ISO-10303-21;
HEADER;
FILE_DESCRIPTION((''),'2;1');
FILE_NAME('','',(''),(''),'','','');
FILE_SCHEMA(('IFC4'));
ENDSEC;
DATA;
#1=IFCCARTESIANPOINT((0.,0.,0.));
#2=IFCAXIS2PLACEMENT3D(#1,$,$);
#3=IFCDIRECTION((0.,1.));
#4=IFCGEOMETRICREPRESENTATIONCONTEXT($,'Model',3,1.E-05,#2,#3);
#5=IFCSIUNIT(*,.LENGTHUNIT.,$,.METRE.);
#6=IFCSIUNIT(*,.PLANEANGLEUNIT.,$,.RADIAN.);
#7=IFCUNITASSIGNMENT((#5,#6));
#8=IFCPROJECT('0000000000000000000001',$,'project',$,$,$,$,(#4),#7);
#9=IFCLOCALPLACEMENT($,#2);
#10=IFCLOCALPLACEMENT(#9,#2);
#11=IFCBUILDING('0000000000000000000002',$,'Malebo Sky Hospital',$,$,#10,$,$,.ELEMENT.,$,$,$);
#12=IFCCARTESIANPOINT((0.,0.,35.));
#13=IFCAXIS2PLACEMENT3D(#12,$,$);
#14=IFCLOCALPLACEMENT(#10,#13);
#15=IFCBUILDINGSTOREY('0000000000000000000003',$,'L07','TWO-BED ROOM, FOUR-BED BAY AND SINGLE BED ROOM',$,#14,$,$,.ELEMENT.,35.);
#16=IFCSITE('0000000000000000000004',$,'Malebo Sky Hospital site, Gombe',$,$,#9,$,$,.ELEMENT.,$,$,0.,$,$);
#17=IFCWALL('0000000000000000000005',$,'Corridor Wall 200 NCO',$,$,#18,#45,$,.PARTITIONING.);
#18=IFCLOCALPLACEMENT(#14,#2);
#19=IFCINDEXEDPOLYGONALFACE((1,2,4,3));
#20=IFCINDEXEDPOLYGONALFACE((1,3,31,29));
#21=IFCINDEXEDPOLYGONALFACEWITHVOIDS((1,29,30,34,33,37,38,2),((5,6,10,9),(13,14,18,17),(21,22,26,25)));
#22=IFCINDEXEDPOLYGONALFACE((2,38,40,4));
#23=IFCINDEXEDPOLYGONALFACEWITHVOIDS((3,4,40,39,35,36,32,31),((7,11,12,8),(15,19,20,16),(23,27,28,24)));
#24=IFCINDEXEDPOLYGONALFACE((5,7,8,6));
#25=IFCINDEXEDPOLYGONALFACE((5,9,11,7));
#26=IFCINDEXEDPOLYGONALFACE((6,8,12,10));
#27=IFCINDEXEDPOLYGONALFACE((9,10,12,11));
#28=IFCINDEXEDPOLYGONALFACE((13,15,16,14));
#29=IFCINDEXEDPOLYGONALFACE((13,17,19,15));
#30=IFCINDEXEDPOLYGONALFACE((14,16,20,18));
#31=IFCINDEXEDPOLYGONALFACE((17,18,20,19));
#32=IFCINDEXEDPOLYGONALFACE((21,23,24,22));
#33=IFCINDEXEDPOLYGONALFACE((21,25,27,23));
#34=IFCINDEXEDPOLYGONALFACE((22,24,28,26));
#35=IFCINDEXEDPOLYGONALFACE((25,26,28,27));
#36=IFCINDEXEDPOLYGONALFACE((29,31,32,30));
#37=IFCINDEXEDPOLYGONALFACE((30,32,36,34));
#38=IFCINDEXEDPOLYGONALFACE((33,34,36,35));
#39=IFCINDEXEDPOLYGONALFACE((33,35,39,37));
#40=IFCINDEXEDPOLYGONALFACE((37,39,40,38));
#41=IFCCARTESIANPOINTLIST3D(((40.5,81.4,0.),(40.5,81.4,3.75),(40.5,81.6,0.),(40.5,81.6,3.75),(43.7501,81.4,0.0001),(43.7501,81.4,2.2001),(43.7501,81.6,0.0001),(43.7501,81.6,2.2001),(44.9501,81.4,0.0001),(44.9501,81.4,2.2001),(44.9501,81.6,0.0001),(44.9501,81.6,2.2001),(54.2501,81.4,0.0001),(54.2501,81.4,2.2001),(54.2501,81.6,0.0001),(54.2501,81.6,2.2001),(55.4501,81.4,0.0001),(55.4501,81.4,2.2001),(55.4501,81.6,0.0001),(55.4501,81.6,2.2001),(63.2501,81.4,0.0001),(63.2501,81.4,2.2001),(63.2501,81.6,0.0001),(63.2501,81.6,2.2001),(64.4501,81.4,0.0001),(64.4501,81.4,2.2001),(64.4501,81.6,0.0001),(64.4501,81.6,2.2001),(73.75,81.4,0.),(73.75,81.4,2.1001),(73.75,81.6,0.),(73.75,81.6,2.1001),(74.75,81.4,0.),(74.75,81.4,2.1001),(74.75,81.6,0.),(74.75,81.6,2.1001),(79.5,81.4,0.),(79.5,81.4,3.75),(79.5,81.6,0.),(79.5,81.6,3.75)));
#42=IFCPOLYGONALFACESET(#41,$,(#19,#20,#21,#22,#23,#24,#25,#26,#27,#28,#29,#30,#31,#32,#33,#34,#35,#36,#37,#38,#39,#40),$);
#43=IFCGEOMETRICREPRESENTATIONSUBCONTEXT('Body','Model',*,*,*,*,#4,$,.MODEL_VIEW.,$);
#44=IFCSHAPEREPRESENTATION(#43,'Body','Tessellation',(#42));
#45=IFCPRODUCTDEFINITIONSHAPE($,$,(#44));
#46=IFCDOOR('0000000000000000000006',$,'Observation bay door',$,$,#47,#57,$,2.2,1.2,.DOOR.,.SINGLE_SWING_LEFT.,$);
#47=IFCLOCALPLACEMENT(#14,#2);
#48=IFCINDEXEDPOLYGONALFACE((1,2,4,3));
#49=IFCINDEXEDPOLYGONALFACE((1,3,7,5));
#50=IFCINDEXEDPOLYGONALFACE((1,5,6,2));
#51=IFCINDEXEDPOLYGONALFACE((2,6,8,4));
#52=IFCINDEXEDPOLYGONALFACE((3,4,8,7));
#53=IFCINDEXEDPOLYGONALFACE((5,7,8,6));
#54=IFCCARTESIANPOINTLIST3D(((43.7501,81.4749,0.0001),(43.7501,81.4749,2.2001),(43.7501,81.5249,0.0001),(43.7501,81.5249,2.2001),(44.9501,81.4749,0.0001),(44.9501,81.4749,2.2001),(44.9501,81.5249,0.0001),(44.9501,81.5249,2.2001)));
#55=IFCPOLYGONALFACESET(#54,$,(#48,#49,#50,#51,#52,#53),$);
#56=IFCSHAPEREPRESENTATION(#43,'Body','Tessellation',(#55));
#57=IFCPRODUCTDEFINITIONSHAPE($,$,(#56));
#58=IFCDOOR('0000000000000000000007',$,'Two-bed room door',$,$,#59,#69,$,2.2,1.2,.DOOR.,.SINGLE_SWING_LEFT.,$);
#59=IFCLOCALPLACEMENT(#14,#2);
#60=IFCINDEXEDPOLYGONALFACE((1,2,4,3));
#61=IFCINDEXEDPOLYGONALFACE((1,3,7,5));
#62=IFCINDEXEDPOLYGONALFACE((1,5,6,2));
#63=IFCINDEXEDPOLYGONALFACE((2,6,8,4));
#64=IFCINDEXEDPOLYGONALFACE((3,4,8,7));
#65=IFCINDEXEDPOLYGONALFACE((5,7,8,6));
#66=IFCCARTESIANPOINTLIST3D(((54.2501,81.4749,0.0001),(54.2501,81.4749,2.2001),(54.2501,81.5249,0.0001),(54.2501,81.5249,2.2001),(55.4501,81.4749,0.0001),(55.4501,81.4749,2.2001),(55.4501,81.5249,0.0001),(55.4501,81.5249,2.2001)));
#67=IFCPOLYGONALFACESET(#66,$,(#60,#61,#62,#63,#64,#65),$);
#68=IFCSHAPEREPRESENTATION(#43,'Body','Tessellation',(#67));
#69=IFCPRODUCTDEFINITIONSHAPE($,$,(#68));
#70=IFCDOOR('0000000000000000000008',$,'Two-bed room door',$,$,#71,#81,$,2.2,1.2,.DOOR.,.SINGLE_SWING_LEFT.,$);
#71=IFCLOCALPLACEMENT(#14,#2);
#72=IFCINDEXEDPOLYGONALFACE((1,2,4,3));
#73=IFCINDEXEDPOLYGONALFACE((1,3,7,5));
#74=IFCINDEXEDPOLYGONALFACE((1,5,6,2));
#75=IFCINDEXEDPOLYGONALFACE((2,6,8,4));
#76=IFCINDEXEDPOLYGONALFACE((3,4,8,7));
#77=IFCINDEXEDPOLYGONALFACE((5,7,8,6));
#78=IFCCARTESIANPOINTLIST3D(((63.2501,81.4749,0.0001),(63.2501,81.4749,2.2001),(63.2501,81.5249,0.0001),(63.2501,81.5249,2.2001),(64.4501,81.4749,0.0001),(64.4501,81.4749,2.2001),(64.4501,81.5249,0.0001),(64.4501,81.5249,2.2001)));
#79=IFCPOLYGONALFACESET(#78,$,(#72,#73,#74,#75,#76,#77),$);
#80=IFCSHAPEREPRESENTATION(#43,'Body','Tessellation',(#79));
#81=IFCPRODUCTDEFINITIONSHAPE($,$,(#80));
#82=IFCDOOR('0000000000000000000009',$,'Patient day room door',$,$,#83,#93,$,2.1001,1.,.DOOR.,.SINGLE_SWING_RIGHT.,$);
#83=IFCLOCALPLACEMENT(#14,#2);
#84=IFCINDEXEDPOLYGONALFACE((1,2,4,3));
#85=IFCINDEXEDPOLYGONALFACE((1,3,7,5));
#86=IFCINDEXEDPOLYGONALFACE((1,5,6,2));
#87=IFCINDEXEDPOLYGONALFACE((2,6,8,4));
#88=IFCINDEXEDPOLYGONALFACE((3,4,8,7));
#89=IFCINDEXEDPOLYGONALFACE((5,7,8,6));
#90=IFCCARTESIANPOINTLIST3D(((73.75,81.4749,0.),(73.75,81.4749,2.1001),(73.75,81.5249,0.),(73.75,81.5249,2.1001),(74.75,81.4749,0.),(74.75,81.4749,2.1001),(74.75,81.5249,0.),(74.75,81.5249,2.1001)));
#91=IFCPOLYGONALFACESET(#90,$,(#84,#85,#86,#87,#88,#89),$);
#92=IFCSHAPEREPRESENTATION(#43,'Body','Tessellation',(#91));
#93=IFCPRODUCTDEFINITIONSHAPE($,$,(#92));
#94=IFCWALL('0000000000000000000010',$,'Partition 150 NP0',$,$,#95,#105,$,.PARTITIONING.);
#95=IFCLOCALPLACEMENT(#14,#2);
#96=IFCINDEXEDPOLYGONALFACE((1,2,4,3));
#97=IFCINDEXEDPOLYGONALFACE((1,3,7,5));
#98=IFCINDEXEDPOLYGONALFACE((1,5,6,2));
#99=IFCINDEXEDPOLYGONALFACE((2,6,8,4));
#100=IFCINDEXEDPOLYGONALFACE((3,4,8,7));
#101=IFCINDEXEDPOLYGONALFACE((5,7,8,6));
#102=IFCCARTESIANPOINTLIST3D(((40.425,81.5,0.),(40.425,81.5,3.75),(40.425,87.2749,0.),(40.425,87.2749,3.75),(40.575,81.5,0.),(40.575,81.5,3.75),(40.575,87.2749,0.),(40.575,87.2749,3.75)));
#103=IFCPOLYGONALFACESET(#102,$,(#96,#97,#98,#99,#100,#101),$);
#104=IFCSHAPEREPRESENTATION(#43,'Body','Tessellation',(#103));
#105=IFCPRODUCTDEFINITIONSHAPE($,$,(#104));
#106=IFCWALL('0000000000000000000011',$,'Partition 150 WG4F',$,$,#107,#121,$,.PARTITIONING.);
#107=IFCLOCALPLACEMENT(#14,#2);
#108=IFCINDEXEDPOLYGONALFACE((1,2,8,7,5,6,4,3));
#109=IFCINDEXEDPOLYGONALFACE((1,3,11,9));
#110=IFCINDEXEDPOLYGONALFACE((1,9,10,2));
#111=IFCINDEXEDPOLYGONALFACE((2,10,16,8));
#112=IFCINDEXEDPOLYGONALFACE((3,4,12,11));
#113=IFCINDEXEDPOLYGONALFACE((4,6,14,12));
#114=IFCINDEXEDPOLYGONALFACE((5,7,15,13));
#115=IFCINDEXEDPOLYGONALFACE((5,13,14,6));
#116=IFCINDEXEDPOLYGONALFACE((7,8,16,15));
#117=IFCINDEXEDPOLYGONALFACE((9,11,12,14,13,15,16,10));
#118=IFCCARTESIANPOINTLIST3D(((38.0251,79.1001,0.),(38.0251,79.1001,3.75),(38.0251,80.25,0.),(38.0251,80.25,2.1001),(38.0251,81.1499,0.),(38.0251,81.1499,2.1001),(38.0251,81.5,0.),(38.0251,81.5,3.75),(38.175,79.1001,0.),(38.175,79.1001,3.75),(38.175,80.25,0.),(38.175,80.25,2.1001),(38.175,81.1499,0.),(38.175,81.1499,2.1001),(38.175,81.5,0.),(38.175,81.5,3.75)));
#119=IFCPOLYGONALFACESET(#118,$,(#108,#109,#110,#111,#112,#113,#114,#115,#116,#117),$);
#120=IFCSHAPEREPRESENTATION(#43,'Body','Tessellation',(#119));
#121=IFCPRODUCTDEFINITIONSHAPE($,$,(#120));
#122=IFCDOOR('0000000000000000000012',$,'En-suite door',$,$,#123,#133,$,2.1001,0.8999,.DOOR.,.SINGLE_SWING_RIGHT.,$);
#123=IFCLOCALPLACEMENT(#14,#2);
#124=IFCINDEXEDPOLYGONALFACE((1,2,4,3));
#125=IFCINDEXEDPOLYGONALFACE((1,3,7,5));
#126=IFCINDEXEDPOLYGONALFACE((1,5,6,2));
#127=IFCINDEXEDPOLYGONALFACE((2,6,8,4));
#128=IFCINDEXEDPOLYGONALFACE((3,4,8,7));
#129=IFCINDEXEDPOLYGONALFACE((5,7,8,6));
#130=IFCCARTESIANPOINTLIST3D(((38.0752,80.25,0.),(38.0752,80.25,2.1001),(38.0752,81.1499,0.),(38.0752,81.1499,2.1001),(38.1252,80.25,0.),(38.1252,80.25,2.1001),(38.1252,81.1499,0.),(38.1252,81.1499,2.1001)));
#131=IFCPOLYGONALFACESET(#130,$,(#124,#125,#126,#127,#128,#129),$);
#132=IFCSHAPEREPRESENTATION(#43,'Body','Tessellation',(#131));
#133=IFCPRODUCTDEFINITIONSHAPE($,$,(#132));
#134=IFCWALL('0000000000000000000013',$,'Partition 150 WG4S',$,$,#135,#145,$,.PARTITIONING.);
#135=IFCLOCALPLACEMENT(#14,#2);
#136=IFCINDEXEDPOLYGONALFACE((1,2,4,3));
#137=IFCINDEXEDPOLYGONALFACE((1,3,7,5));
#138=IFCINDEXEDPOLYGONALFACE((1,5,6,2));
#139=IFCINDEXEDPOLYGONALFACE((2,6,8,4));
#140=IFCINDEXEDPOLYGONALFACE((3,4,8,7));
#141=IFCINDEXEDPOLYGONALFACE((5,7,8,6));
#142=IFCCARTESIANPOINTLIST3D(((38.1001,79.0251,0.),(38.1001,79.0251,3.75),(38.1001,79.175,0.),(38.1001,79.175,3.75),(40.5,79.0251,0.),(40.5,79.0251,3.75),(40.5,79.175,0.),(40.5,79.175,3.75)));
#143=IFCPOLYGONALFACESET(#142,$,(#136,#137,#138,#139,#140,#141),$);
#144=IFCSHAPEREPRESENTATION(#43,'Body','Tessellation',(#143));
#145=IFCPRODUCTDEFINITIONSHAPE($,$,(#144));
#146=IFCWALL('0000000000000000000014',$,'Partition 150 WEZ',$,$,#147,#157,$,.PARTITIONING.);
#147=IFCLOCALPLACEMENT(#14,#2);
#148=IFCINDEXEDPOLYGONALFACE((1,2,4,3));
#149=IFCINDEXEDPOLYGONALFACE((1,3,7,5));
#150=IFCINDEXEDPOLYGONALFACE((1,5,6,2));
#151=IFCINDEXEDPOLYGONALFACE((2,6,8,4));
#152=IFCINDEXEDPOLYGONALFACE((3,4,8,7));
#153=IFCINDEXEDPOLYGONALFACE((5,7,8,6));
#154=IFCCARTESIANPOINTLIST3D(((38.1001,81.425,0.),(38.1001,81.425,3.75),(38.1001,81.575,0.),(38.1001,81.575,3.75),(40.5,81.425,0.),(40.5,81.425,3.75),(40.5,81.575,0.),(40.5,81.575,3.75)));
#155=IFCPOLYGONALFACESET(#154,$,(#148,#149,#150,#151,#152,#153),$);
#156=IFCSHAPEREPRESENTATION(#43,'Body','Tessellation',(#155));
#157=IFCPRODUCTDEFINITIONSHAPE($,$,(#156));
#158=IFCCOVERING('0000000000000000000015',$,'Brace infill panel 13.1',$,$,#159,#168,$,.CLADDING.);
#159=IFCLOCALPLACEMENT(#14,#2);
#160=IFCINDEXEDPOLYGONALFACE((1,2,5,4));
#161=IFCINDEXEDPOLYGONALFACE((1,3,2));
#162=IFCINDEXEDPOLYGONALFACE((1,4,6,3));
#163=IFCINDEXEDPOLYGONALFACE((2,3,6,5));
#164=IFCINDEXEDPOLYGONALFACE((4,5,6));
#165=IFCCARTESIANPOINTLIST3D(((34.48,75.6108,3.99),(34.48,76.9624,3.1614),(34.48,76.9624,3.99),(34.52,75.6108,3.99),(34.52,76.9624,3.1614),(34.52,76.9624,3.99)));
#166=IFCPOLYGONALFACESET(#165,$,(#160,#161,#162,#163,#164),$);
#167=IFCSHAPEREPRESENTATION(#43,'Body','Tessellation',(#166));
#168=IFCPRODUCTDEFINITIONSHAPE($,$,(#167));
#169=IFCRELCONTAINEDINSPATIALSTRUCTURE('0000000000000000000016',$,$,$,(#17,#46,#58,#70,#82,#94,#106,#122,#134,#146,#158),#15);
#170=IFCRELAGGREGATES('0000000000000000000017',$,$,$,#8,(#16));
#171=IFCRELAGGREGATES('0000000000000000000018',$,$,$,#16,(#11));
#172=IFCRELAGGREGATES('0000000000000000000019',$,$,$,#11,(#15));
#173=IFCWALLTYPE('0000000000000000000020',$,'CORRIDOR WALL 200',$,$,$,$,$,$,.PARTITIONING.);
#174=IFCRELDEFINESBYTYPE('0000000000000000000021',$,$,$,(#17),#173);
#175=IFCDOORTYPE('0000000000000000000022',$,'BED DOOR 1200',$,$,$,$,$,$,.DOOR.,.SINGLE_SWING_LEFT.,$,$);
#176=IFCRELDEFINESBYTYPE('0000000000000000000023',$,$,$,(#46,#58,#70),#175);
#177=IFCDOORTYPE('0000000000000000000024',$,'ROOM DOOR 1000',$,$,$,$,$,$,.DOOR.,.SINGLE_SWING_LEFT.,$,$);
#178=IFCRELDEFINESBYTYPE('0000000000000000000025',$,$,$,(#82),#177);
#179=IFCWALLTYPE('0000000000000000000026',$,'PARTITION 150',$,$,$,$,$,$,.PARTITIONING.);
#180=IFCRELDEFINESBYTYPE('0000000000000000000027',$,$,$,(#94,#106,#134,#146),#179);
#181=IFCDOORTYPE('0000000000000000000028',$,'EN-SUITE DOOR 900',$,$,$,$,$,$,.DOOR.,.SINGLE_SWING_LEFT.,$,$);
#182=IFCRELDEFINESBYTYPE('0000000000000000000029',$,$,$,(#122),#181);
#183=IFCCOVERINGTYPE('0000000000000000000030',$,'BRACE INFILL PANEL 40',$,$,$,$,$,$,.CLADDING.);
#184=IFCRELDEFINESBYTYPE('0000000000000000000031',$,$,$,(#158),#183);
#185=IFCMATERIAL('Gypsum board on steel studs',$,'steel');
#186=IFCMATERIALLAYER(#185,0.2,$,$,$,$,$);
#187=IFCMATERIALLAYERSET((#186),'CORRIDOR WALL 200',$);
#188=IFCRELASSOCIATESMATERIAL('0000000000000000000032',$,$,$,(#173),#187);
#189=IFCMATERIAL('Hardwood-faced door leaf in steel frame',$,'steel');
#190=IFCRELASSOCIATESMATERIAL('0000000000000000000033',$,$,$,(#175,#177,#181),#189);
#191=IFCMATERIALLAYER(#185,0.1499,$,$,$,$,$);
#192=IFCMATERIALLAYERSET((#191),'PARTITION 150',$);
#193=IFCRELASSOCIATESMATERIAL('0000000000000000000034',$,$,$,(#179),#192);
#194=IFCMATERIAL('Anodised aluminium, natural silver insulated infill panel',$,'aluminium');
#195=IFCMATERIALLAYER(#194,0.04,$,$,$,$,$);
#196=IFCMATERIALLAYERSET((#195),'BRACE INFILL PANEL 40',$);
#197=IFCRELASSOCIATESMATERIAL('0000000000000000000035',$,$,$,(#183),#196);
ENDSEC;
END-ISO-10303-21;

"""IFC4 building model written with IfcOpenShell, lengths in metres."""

from ifc_helpers import new_model, si_unit, direction, frame, frame_2d, origin, place, context, subcontext, project, spatial, polyline, rectangle, outline, extrude, material, layer, layer_set, type_object, element, fill, save


model = new_model("IFC4")

# Units and contexts
model_context = context("Model", 3, precision=1e-05, world=origin(), true_north=direction((0.0, 1.0)))
body_context = subcontext(model_context, "Body", "Model", "MODEL_VIEW")
ifc_project = project(units=[si_unit("LENGTHUNIT", "METRE"), si_unit("PLANEANGLEUNIT", "RADIAN")], contexts=[model_context])

# Site, building, storey
site_placement = place(None, origin())
site = spatial("IfcSite", under=ifc_project, at=site_placement, Name="Malebo Sky Hospital site, Gombe", CompositionType="ELEMENT", RefElevation=0.0)
building_placement = place(site_placement, origin())
building = spatial("IfcBuilding", under=site, at=building_placement, Name="Malebo Sky Hospital", CompositionType="ELEMENT")
storey_placement = place(building_placement, frame((0.0, 0.0, 35.0)))
storey = spatial("IfcBuildingStorey", under=building, at=storey_placement, Name="L07", Description="TWO-BED ROOM, FOUR-BED BAY AND SINGLE BED ROOM", CompositionType="ELEMENT", Elevation=35.0)

# Wall, openings, doors
ifc_material_1 = material(Name="Gypsum board on steel studs", Category="steel")
ifc_layer_1 = layer(ifc_material_1, 0.2)
ifc_layer_set_1 = layer_set([ifc_layer_1], Name="CORRIDOR WALL 200")
wall_type_1 = type_object("IfcWallType", Name="CORRIDOR WALL 200", PredefinedType="PARTITIONING", material=ifc_layer_set_1)
wall_1_placement = place(storey_placement, frame((40.5, 81.5, 0.0), z_axis=(0.0, 0.0, 1.0), x_axis=(1.0, 0.0, 0.0)))
wall_1 = element("IfcWall", 1, at=wall_1_placement, inside=storey, type_object=wall_type_1, Name="Corridor Wall 200 NCO", PredefinedType="PARTITIONING", context=body_context, shape_type="SweptSolid", body=[
    extrude(rectangle(XDim=39.0, YDim=0.2, at=frame_2d((19.5, 0.0))), origin(), (0.0, 0.0, 1.0), 3.75),
])
opening_1_placement = place(wall_1_placement, frame((3.25, 0.0, 0.0)))
opening_1 = element("IfcOpeningElement", 2, at=opening_1_placement, cuts=wall_1, PredefinedType="OPENING", context=body_context, shape_type="SweptSolid", body=[
    extrude(rectangle(XDim=1.2, YDim=2.2, at=frame_2d((0.6001, 1.1001))), frame((0.0, 0.1099, 0.0), z_axis=(0.0, -1.0, 0.0), x_axis=(1.0, 0.0, 0.0)), (0.0, 0.0, 1.0), 0.22),
])
opening_2_placement = place(wall_1_placement, frame((13.75, 0.0, 0.0)))
opening_2 = element("IfcOpeningElement", 3, at=opening_2_placement, cuts=wall_1, PredefinedType="OPENING", context=body_context, shape_type="SweptSolid", body=[
    extrude(rectangle(XDim=1.2, YDim=2.2, at=frame_2d((0.6001, 1.1001))), frame((0.0, 0.1099, 0.0), z_axis=(0.0, -1.0, 0.0), x_axis=(1.0, 0.0, 0.0)), (0.0, 0.0, 1.0), 0.22),
])
opening_3_placement = place(wall_1_placement, frame((22.75, 0.0, 0.0)))
opening_3 = element("IfcOpeningElement", 4, at=opening_3_placement, cuts=wall_1, PredefinedType="OPENING", context=body_context, shape_type="SweptSolid", body=[
    extrude(rectangle(XDim=1.2, YDim=2.2, at=frame_2d((0.6001, 1.1001))), frame((0.0, 0.1099, 0.0), z_axis=(0.0, -1.0, 0.0), x_axis=(1.0, 0.0, 0.0)), (0.0, 0.0, 1.0), 0.22),
])
opening_4_placement = place(wall_1_placement, frame((33.25, 0.0, 0.0)))
opening_4 = element("IfcOpeningElement", 5, at=opening_4_placement, cuts=wall_1, PredefinedType="OPENING", context=body_context, shape_type="SweptSolid", body=[
    extrude(rectangle(XDim=1.0, YDim=2.1001, at=frame_2d((0.5, 1.05))), frame((0.0, 0.1099, 0.0), z_axis=(0.0, -1.0, 0.0), x_axis=(1.0, 0.0, 0.0)), (0.0, 0.0, 1.0), 0.22),
])
ifc_material_2 = material(Name="Hardwood-faced door leaf in steel frame", Category="steel")
door_type_1 = type_object("IfcDoorType", Name="BED DOOR 1200", OperationType="SINGLE_SWING_LEFT", PredefinedType="DOOR", material=ifc_material_2)
door_1_placement = place(opening_1_placement, origin())
door_1 = element("IfcDoor", 6, at=door_1_placement, inside=storey, type_object=door_type_1, Name="Observation bay door", OperationType="SINGLE_SWING_LEFT", OverallHeight=2.2, OverallWidth=1.2, PredefinedType="DOOR", context=body_context, shape_type="SweptSolid", body=[
    extrude(rectangle(XDim=1.2, YDim=2.2, at=frame_2d((0.6001, 1.1001))), frame((0.0, 0.0249, 0.0), z_axis=(0.0, -1.0, 0.0), x_axis=(1.0, 0.0, 0.0)), (0.0, 0.0, 1.0), 0.05),
])
fill(opening_1, door_1)
door_2_placement = place(opening_2_placement, origin())
door_2 = element("IfcDoor", 7, at=door_2_placement, inside=storey, type_object=door_type_1, Name="Two-bed room door", OperationType="SINGLE_SWING_LEFT", OverallHeight=2.2, OverallWidth=1.2, PredefinedType="DOOR", context=body_context, shape_type="SweptSolid", body=[
    extrude(rectangle(XDim=1.2, YDim=2.2, at=frame_2d((0.6001, 1.1001))), frame((0.0, 0.0249, 0.0), z_axis=(0.0, -1.0, 0.0), x_axis=(1.0, 0.0, 0.0)), (0.0, 0.0, 1.0), 0.05),
])
fill(opening_2, door_2)
door_3_placement = place(opening_3_placement, origin())
door_3 = element("IfcDoor", 8, at=door_3_placement, inside=storey, type_object=door_type_1, Name="Two-bed room door", OperationType="SINGLE_SWING_LEFT", OverallHeight=2.2, OverallWidth=1.2, PredefinedType="DOOR", context=body_context, shape_type="SweptSolid", body=[
    extrude(rectangle(XDim=1.2, YDim=2.2, at=frame_2d((0.6001, 1.1001))), frame((0.0, 0.0249, 0.0), z_axis=(0.0, -1.0, 0.0), x_axis=(1.0, 0.0, 0.0)), (0.0, 0.0, 1.0), 0.05),
])
fill(opening_3, door_3)
door_type_2 = type_object("IfcDoorType", Name="ROOM DOOR 1000", OperationType="SINGLE_SWING_LEFT", PredefinedType="DOOR", material=ifc_material_2)
door_4_placement = place(opening_4_placement, origin())
door_4 = element("IfcDoor", 9, at=door_4_placement, inside=storey, type_object=door_type_2, Name="Patient day room door", OperationType="SINGLE_SWING_RIGHT", OverallHeight=2.1001, OverallWidth=1.0, PredefinedType="DOOR", context=body_context, shape_type="SweptSolid", body=[
    extrude(rectangle(XDim=1.0, YDim=2.1001, at=frame_2d((0.5, 1.05))), frame((0.0, 0.0249, 0.0), z_axis=(0.0, -1.0, 0.0), x_axis=(1.0, 0.0, 0.0)), (0.0, 0.0, 1.0), 0.05),
])
fill(opening_4, door_4)

# Wall
ifc_layer_2 = layer(ifc_material_1, 0.1499)
ifc_layer_set_2 = layer_set([ifc_layer_2], Name="PARTITION 150")
wall_type_2 = type_object("IfcWallType", Name="PARTITION 150", PredefinedType="PARTITIONING", material=ifc_layer_set_2)
wall_2_placement = place(storey_placement, frame((40.5, 81.5, 0.0), z_axis=(0.0, 0.0, 1.0), x_axis=(0.0, 1.0, 0.0)))
element("IfcWall", 10, at=wall_2_placement, inside=storey, type_object=wall_type_2, Name="Partition 150 NP0", PredefinedType="PARTITIONING", context=body_context, shape_type="SweptSolid", body=[
    extrude(rectangle(XDim=5.7749, YDim=0.1499, at=frame_2d((2.8875, 0.0))), origin(), (0.0, 0.0, 1.0), 3.75),
])

# Wall, opening, door
wall_3_placement = place(storey_placement, frame((38.1001, 79.1001, 0.0), z_axis=(0.0, 0.0, 1.0), x_axis=(0.0, 1.0, 0.0)))
wall_3 = element("IfcWall", 11, at=wall_3_placement, inside=storey, type_object=wall_type_2, Name="Partition 150 WG4F", PredefinedType="PARTITIONING", context=body_context, shape_type="SweptSolid", body=[
    extrude(rectangle(XDim=2.3999, YDim=0.1499, at=frame_2d((1.2, 0.0))), origin(), (0.0, 0.0, 1.0), 3.75),
])
opening_5_placement = place(wall_3_placement, frame((1.1499, 0.0, 0.0)))
opening_5 = element("IfcOpeningElement", 12, at=opening_5_placement, cuts=wall_3, PredefinedType="OPENING", context=body_context, shape_type="SweptSolid", body=[
    extrude(rectangle(XDim=0.8999, YDim=2.1001, at=frame_2d((0.45, 1.05))), frame((0.0, 0.085, 0.0), z_axis=(0.0, -1.0, 0.0), x_axis=(1.0, 0.0, 0.0)), (0.0, 0.0, 1.0), 0.1699),
])
door_type_3 = type_object("IfcDoorType", Name="EN-SUITE DOOR 900", OperationType="SINGLE_SWING_LEFT", PredefinedType="DOOR", material=ifc_material_2)
door_5_placement = place(opening_5_placement, origin())
door_5 = element("IfcDoor", 13, at=door_5_placement, inside=storey, type_object=door_type_3, Name="En-suite door", OperationType="SINGLE_SWING_RIGHT", OverallHeight=2.1001, OverallWidth=0.8999, PredefinedType="DOOR", context=body_context, shape_type="SweptSolid", body=[
    extrude(rectangle(XDim=0.8999, YDim=2.1001, at=frame_2d((0.45, 1.05))), frame((0.0, 0.0249, 0.0), z_axis=(0.0, -1.0, 0.0), x_axis=(1.0, 0.0, 0.0)), (0.0, 0.0, 1.0), 0.05),
])
fill(opening_5, door_5)

# Walls
for number, where, z_axis, x_axis, name in (
    (14, (40.5, 79.1001, 0.0), (0.0, 0.0, 1.0), (-1.0, 0.0, 0.0), "Partition 150 WG4S"),
    (15, (40.5, 81.5, 0.0), (0.0, 0.0, 1.0), (-1.0, 0.0, 0.0), "Partition 150 WEZ"),
):
    element("IfcWall", number, at=place(storey_placement, frame(where, z_axis=z_axis, x_axis=x_axis)), inside=storey, type_object=wall_type_2, Name=name, PredefinedType="PARTITIONING", context=body_context, shape_type="SweptSolid", body=[
        extrude(rectangle(XDim=2.3999, YDim=0.1499, at=frame_2d((1.2, 0.0))), origin(), (0.0, 0.0, 1.0), 3.75),
    ])

# Covering
ifc_material_3 = material(Name="Anodised aluminium, natural silver insulated infill panel", Category="aluminium")
ifc_layer_3 = layer(ifc_material_3, 0.04)
ifc_layer_set_3 = layer_set([ifc_layer_3], Name="BRACE INFILL PANEL 40")
covering_type = type_object("IfcCoveringType", Name="BRACE INFILL PANEL 40", PredefinedType="CLADDING", material=ifc_layer_set_3)
covering_1_placement = place(storey_placement, frame((34.5, 76.2866, 3.1614), z_axis=(0.0, 0.0, 1.0), x_axis=(0.0, 1.0, 0.0)))
element("IfcCovering", 16, at=covering_1_placement, inside=storey, type_object=covering_type, Name="Brace infill panel 13.1", PredefinedType="CLADDING", context=body_context, shape_type="SweptSolid", body=[
    extrude(outline(polyline([(0.6758, 0.0), (0.6758, 0.8286), (-0.6758, 0.8286), (0.6758, 0.0)])), frame((0.0, 0.02, 0.0), z_axis=(0.0, -1.0, 0.0), x_axis=(1.0, 0.0, 0.0)), (0.0, 0.0, 1.0), 0.04),
])

save(model, "model.ifc")
